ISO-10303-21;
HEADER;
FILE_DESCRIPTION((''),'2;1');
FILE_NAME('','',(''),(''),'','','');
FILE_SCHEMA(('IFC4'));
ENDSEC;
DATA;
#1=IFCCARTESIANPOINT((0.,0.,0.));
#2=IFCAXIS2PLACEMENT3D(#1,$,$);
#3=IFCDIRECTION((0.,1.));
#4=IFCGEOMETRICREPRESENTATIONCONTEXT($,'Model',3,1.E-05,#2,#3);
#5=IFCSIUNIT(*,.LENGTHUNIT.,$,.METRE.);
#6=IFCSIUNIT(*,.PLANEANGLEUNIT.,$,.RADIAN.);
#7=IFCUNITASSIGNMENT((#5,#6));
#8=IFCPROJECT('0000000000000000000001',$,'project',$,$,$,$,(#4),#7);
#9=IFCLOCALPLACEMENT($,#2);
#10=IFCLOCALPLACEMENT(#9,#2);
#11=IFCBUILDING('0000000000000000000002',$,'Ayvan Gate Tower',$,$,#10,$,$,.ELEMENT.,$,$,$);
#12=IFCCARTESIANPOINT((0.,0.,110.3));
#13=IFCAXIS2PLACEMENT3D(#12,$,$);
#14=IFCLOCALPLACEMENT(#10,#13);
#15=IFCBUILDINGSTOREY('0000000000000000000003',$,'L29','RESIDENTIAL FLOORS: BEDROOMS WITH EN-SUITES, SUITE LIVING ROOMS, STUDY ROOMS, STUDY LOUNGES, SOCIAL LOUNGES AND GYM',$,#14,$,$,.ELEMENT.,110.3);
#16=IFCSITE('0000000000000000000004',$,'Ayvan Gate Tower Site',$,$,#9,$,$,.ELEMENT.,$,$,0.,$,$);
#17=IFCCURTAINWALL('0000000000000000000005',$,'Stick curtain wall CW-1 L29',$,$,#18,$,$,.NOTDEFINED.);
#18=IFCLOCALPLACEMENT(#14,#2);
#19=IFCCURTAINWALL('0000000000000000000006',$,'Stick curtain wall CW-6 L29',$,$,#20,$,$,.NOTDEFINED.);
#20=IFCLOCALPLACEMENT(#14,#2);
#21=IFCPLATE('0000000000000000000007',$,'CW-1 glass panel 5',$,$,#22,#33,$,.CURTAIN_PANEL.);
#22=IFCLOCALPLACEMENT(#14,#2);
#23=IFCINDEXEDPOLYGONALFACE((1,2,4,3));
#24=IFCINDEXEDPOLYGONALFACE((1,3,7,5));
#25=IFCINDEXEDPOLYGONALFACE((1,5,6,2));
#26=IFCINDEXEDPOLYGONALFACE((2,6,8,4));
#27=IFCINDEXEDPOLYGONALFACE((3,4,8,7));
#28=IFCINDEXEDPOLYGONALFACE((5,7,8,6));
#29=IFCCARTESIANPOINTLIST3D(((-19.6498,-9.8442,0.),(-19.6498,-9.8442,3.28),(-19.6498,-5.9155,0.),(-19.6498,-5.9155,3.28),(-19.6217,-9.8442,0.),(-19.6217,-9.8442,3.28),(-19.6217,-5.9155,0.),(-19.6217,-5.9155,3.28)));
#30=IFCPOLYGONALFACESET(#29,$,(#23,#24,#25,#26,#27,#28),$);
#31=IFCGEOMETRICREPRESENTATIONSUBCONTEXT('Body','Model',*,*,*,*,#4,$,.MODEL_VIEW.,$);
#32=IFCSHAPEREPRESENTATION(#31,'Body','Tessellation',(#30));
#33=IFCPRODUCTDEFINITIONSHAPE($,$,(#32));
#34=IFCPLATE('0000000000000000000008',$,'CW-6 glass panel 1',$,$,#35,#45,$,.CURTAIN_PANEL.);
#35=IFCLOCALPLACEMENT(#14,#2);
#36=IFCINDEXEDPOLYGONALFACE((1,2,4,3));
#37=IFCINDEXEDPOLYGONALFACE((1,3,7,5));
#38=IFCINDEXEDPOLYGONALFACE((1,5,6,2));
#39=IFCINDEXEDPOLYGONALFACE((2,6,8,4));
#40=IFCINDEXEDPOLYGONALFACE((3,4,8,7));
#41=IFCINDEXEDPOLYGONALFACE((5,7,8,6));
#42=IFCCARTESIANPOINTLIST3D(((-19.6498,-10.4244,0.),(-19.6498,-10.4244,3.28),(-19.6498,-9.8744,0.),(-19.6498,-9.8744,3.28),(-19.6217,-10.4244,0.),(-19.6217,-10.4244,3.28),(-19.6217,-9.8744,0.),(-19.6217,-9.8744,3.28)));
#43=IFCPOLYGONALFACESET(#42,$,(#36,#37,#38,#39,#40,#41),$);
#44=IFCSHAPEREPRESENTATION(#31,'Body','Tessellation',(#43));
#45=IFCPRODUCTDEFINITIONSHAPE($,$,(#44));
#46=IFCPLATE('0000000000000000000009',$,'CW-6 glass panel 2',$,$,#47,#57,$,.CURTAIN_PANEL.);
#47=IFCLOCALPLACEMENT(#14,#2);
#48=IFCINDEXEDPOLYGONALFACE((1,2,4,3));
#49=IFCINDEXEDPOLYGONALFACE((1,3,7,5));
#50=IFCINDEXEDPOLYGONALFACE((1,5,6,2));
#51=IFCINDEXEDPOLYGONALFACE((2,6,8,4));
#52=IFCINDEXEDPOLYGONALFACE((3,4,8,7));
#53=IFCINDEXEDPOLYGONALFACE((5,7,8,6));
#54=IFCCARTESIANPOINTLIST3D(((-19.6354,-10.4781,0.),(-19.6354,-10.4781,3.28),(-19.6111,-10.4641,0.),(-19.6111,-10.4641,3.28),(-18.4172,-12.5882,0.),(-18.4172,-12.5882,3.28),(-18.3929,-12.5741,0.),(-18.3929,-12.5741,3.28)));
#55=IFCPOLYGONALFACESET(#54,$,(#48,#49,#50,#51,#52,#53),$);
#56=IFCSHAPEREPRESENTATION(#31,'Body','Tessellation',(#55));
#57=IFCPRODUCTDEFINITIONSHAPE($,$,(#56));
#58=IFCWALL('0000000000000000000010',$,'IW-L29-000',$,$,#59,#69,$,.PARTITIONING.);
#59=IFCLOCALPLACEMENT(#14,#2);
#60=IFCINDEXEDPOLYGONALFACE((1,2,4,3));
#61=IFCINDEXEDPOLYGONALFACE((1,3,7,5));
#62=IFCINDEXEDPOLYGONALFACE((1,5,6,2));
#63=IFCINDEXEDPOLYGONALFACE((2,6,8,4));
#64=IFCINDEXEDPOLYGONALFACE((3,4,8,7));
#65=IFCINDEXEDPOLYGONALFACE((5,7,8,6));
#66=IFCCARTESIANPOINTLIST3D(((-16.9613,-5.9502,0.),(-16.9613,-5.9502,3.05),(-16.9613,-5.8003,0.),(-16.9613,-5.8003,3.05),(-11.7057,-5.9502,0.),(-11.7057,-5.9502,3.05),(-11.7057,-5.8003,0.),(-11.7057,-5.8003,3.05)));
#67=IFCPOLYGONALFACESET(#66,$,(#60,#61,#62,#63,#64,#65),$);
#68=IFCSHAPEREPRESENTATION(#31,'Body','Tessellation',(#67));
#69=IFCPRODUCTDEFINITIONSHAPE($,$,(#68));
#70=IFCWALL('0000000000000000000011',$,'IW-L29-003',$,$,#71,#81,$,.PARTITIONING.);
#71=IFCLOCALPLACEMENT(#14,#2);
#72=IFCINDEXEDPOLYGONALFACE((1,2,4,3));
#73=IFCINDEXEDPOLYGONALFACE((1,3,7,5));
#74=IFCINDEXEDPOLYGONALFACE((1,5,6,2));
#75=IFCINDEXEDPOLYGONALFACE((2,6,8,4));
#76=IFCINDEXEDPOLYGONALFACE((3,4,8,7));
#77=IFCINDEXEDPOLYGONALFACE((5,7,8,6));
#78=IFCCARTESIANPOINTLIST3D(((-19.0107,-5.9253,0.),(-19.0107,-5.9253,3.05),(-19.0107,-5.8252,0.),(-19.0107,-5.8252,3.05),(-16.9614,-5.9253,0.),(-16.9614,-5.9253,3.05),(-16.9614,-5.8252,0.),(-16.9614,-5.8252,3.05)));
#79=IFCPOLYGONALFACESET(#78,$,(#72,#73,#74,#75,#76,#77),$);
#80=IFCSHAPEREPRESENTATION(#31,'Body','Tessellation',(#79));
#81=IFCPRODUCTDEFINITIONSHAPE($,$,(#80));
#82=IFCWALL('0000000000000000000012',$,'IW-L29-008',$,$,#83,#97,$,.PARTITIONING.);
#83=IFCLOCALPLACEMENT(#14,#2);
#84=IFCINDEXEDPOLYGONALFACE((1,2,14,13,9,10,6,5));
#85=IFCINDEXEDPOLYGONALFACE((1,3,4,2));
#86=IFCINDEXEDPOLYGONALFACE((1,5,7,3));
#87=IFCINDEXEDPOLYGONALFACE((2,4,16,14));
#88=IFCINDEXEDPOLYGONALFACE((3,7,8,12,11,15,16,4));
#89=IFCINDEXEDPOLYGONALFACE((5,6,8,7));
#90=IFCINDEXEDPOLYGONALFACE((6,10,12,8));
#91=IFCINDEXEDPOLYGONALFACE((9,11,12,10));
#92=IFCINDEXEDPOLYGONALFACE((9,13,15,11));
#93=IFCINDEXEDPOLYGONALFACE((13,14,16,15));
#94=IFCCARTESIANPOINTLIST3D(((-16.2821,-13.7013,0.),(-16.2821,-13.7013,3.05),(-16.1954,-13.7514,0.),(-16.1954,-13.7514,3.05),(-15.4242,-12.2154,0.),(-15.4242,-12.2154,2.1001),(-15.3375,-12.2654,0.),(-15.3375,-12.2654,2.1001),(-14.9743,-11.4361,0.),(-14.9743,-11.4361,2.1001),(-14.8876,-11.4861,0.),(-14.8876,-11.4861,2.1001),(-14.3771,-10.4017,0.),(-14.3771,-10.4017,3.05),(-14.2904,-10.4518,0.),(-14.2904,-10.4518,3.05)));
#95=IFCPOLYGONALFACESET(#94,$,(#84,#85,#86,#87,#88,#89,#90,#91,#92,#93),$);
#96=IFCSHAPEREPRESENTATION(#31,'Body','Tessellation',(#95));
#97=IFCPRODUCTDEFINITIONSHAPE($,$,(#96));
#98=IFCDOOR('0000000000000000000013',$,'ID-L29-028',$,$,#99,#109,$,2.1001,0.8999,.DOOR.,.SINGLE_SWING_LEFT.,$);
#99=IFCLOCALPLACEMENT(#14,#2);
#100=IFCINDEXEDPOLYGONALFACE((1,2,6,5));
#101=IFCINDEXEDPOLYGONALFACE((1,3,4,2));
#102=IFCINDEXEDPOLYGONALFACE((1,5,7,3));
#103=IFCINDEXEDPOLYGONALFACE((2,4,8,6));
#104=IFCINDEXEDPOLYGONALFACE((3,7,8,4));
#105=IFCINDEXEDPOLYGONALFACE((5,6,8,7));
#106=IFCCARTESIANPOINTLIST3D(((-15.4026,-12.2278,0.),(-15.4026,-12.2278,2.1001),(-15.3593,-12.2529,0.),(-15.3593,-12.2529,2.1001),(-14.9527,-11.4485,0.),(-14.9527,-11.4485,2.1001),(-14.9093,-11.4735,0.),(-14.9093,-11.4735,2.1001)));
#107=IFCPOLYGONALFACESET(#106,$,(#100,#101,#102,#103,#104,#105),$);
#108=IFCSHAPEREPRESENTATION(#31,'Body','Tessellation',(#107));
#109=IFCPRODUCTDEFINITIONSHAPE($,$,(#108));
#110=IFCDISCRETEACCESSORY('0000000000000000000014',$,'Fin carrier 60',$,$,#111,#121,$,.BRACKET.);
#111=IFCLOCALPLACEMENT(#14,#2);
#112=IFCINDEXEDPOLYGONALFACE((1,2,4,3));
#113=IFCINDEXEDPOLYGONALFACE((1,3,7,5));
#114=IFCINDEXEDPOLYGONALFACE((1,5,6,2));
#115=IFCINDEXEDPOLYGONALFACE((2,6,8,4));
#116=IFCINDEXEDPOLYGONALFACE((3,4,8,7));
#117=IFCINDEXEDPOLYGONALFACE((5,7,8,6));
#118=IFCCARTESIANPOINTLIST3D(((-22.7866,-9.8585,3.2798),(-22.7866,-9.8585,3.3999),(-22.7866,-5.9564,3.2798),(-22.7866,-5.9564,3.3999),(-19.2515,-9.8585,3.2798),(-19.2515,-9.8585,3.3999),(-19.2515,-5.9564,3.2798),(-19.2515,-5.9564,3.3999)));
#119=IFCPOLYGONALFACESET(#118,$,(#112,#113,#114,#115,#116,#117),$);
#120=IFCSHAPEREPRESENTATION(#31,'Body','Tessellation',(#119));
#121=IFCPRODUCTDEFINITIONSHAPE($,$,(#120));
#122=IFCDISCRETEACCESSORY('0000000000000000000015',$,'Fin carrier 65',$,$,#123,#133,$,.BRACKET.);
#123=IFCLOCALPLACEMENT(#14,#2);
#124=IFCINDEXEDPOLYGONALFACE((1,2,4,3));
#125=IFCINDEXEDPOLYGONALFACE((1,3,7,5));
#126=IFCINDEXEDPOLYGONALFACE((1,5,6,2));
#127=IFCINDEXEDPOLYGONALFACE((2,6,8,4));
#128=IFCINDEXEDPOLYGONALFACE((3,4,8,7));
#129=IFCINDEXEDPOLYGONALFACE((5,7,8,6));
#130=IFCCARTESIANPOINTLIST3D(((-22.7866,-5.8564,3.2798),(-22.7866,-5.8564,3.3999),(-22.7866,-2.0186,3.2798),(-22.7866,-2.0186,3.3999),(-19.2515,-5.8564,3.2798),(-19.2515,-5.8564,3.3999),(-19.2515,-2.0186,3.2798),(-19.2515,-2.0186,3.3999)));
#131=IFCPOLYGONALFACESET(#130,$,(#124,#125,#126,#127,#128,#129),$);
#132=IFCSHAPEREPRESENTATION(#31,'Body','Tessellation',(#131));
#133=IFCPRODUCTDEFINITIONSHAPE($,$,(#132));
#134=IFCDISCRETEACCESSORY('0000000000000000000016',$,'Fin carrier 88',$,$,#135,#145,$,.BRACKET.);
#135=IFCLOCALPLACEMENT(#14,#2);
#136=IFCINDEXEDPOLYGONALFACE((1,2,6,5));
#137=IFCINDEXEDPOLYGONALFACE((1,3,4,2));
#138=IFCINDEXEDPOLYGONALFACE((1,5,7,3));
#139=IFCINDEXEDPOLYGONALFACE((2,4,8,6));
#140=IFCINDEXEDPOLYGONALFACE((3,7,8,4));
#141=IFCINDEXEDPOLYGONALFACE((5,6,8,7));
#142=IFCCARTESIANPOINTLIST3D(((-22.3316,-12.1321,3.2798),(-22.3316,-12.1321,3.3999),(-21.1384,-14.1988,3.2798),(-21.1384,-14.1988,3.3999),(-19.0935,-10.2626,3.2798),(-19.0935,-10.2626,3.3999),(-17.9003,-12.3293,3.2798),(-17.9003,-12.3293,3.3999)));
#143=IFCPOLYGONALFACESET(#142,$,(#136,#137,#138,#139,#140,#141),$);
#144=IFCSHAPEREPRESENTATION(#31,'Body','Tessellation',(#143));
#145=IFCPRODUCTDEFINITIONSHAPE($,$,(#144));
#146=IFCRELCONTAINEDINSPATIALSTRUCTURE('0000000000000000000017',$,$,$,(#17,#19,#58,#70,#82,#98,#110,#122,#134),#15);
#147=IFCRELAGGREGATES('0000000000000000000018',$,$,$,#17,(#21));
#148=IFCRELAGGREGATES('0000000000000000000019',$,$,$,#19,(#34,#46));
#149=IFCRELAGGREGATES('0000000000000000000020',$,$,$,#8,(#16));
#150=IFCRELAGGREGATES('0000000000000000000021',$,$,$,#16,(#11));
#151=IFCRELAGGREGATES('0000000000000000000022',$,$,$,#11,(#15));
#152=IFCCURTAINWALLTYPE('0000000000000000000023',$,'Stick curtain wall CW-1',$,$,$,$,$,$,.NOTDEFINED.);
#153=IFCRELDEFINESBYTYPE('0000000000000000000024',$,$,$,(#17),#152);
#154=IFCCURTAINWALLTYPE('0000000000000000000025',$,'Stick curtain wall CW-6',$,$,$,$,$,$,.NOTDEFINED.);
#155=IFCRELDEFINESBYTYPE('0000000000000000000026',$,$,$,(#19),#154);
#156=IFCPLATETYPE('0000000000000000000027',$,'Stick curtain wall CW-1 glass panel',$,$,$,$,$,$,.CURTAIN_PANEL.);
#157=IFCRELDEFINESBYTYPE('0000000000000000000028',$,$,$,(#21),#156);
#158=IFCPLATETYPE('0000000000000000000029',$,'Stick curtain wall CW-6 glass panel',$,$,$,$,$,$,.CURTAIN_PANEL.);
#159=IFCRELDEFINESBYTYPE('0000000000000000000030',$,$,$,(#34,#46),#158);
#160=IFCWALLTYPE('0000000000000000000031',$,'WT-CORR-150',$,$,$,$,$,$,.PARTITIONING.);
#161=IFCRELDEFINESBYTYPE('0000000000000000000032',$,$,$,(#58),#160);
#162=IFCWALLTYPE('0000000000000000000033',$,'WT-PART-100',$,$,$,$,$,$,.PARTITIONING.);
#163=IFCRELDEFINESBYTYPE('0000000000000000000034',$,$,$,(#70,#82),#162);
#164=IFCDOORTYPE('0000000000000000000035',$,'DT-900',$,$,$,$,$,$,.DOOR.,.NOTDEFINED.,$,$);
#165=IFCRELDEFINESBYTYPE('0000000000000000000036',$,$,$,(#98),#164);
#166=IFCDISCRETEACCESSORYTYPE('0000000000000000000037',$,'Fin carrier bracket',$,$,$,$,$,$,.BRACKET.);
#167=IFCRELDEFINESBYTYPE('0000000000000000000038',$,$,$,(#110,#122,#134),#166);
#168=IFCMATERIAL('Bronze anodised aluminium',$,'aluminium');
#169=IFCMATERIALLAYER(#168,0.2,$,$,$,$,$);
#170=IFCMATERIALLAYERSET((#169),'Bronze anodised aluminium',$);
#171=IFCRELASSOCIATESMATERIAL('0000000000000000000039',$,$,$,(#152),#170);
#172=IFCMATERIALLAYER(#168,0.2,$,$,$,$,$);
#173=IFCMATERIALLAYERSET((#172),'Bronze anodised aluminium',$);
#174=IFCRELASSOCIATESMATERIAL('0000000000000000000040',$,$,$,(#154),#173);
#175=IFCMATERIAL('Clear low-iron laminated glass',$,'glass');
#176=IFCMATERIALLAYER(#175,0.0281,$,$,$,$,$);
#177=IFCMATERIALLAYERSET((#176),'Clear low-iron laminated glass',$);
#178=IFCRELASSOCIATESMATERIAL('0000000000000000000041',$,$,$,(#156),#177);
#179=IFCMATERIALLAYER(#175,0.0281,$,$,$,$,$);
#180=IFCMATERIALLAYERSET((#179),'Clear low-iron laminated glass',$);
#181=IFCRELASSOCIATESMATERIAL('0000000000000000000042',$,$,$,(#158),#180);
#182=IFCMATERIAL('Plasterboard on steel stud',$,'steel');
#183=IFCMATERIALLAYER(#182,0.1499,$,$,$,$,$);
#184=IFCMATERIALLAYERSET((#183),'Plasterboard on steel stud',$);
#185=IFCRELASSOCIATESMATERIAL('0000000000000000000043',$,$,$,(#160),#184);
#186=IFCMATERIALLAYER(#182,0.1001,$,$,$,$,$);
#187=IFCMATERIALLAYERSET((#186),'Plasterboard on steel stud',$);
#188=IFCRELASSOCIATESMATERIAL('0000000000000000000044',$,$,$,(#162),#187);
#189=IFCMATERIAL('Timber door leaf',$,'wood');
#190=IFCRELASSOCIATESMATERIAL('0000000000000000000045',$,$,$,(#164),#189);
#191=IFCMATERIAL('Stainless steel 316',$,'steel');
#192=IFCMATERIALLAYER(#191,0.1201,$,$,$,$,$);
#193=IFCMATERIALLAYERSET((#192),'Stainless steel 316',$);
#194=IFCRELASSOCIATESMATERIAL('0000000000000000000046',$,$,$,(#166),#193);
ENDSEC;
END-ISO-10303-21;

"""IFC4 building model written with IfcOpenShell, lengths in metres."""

from ifc_helpers import new_model, si_unit, direction, frame, frame_2d, origin, origin_2d, place, context, subcontext, project, spatial, rectangle, extrude, material, layer, layer_set, type_object, element, fill, aggregate, save


model = new_model("IFC4")

# Units and contexts
model_context = context("Model", 3, precision=1e-05, world=origin(), true_north=direction((0.0, 1.0)))
body_context = subcontext(model_context, "Body", "Model", "MODEL_VIEW")
ifc_project = project(units=[si_unit("LENGTHUNIT", "METRE"), si_unit("PLANEANGLEUNIT", "RADIAN")], contexts=[model_context])

# Site, building, storey
site_placement = place(None, origin())
site = spatial("IfcSite", under=ifc_project, at=site_placement, Name="Ayvan Gate Tower Site", CompositionType="ELEMENT", RefElevation=0.0)
building_placement = place(site_placement, origin())
building = spatial("IfcBuilding", under=site, at=building_placement, Name="Ayvan Gate Tower", CompositionType="ELEMENT")
storey_placement = place(building_placement, frame((0.0, 0.0, 110.3)))
storey = spatial("IfcBuildingStorey", under=building, at=storey_placement, Name="L29", Description="RESIDENTIAL FLOORS: BEDROOMS WITH EN-SUITES, SUITE LIVING ROOMS, STUDY ROOMS, STUDY LOUNGES, SOCIAL LOUNGES AND GYM", CompositionType="ELEMENT", Elevation=110.3)

# Curtain walls
ifc_material_1 = material(Name="Bronze anodised aluminium", Category="aluminium")
ifc_layer_1 = layer(ifc_material_1, 0.2)
ifc_layer_set_1 = layer_set([ifc_layer_1], Name="Bronze anodised aluminium")
curtain_wall_type_1 = type_object("IfcCurtainWallType", Name="Stick curtain wall CW-1", PredefinedType="NOTDEFINED", material=ifc_layer_set_1)
curtain_wall_1_placement = place(storey_placement, origin())
curtain_wall_1 = element("IfcCurtainWall", 1, at=curtain_wall_1_placement, inside=storey, type_object=curtain_wall_type_1, Name="Stick curtain wall CW-1 L29", PredefinedType="NOTDEFINED")
ifc_layer_2 = layer(ifc_material_1, 0.2)
ifc_layer_set_2 = layer_set([ifc_layer_2], Name="Bronze anodised aluminium")
curtain_wall_type_2 = type_object("IfcCurtainWallType", Name="Stick curtain wall CW-6", PredefinedType="NOTDEFINED", material=ifc_layer_set_2)
curtain_wall_2_placement = place(storey_placement, origin())
curtain_wall_2 = element("IfcCurtainWall", 2, at=curtain_wall_2_placement, inside=storey, type_object=curtain_wall_type_2, Name="Stick curtain wall CW-6 L29", PredefinedType="NOTDEFINED")

# Plates
ifc_material_2 = material(Name="Clear low-iron laminated glass", Category="glass")
ifc_layer_3 = layer(ifc_material_2, 0.0281)
ifc_layer_set_3 = layer_set([ifc_layer_3], Name="Clear low-iron laminated glass")
plate_type_1 = type_object("IfcPlateType", Name="Stick curtain wall CW-1 glass panel", PredefinedType="CURTAIN_PANEL", material=ifc_layer_set_3)
plate_1_placement = place(storey_placement, frame((-19.6357, -7.8799, 0.0), z_axis=(0.0, 0.0, 1.0), x_axis=(0.0, -1.0, 0.0)))
plate_1 = element("IfcPlate", 3, at=plate_1_placement, type_object=plate_type_1, Name="CW-1 glass panel 5", PredefinedType="CURTAIN_PANEL", context=body_context, shape_type="SweptSolid", body=[
    extrude(rectangle(XDim=3.9287, YDim=0.0281, at=origin_2d()), origin(), (0.0, 0.0, 1.0), 3.28),
])
aggregate(curtain_wall_1, [plate_1])
ifc_layer_4 = layer(ifc_material_2, 0.0281)
ifc_layer_set_4 = layer_set([ifc_layer_4], Name="Clear low-iron laminated glass")
plate_type_2 = type_object("IfcPlateType", Name="Stick curtain wall CW-6 glass panel", PredefinedType="CURTAIN_PANEL", material=ifc_layer_set_4)
plate_2_placement = place(storey_placement, frame((-19.6357, -10.1494, 0.0), z_axis=(0.0, 0.0, 1.0), x_axis=(0.0, -1.0, 0.0)))
plate_2 = element("IfcPlate", 4, at=plate_2_placement, type_object=plate_type_2, Name="CW-6 glass panel 1", PredefinedType="CURTAIN_PANEL", context=body_context, shape_type="SweptSolid", body=[
    extrude(rectangle(XDim=0.55, YDim=0.0281, at=origin_2d()), origin(), (0.0, 0.0, 1.0), 3.28),
])
plate_3_placement = place(storey_placement, frame((-19.0142, -11.5261, 0.0), z_axis=(0.0, 0.0, 1.0), x_axis=(0.5, -0.866025, 0.0)))
plate_3 = element("IfcPlate", 5, at=plate_3_placement, type_object=plate_type_2, Name="CW-6 glass panel 2", PredefinedType="CURTAIN_PANEL", context=body_context, shape_type="SweptSolid", body=[
    extrude(rectangle(XDim=2.4365, YDim=0.0281, at=origin_2d()), origin(), (0.0, 0.0, 1.0), 3.28),
])
aggregate(curtain_wall_2, [plate_2, plate_3])

# Walls
ifc_material_3 = material(Name="Plasterboard on steel stud", Category="steel")
ifc_layer_5 = layer(ifc_material_3, 0.1499)
ifc_layer_set_5 = layer_set([ifc_layer_5], Name="Plasterboard on steel stud")
wall_type_1 = type_object("IfcWallType", Name="WT-CORR-150", PredefinedType="PARTITIONING", material=ifc_layer_set_5)
wall_1_placement = place(storey_placement, frame((-16.9614, -5.8752, 0.0), z_axis=(0.0, 0.0, 1.0), x_axis=(1.0, 0.0, 0.0)))
element("IfcWall", 6, at=wall_1_placement, inside=storey, type_object=wall_type_1, Name="IW-L29-000", PredefinedType="PARTITIONING", context=body_context, shape_type="SweptSolid", body=[
    extrude(rectangle(XDim=5.2556, YDim=0.1499, at=frame_2d((2.6279, 0.0))), origin(), (0.0, 0.0, 1.0), 3.05),
])
ifc_layer_6 = layer(ifc_material_3, 0.1001)
ifc_layer_set_6 = layer_set([ifc_layer_6], Name="Plasterboard on steel stud")
wall_type_2 = type_object("IfcWallType", Name="WT-PART-100", PredefinedType="PARTITIONING", material=ifc_layer_set_6)
wall_2_placement = place(storey_placement, frame((-16.9614, -5.8752, 0.0), z_axis=(0.0, 0.0, 1.0), x_axis=(-1.0, 0.0, 0.0)))
element("IfcWall", 7, at=wall_2_placement, inside=storey, type_object=wall_type_2, Name="IW-L29-003", PredefinedType="PARTITIONING", context=body_context, shape_type="SweptSolid", body=[
    extrude(rectangle(XDim=2.0493, YDim=0.1001, at=frame_2d((1.0247, 0.0))), origin(), (0.0, 0.0, 1.0), 3.05),
])

# Wall, opening, door
wall_3_placement = place(storey_placement, frame((-14.3337, -10.4268, 0.0), z_axis=(0.0, 0.0, 1.0), x_axis=(-0.500005, -0.866022, 0.0)))
wall_3 = element("IfcWall", 8, at=wall_3_placement, inside=storey, type_object=wall_type_2, Name="IW-L29-008", PredefinedType="PARTITIONING", context=body_context, shape_type="SweptSolid", body=[
    extrude(rectangle(XDim=3.8101, YDim=0.1001, at=frame_2d((1.905, 0.0))), origin(), (0.0, 0.0, 1.0), 3.05),
])
opening_placement = place(wall_3_placement, frame((1.1943, 0.0, 0.0)))
opening = element("IfcOpeningElement", 9, at=opening_placement, cuts=wall_3, PredefinedType="OPENING", context=body_context, shape_type="SweptSolid", body=[
    extrude(rectangle(XDim=0.8999, YDim=2.1001, at=frame_2d((0.45, 1.05))), frame((0.0, 0.0601, 0.0), z_axis=(0.0, -1.0, 0.0), x_axis=(1.0, 0.0, 0.0)), (0.0, 0.0, 1.0), 0.1201),
])
ifc_material_4 = material(Name="Timber door leaf", Category="wood")
door_type = type_object("IfcDoorType", Name="DT-900", OperationType="NOTDEFINED", PredefinedType="DOOR", material=ifc_material_4)
door_placement = place(opening_placement, origin())
door = element("IfcDoor", 10, at=door_placement, inside=storey, type_object=door_type, Name="ID-L29-028", OperationType="SINGLE_SWING_LEFT", OverallHeight=2.1001, OverallWidth=0.8999, PredefinedType="DOOR", context=body_context, shape_type="SweptSolid", body=[
    extrude(rectangle(XDim=0.8999, YDim=2.1001, at=frame_2d((0.45, 1.05))), frame((0.0, 0.0249, 0.0), z_axis=(0.0, -1.0, 0.0), x_axis=(1.0, 0.0, 0.0)), (0.0, 0.0, 1.0), 0.05),
])
fill(opening, door)

# Discrete accessories
ifc_material_5 = material(Name="Stainless steel 316", Category="steel")
ifc_layer_7 = layer(ifc_material_5, 0.1201)
ifc_layer_set_7 = layer_set([ifc_layer_7], Name="Stainless steel 316")
discrete_accessory_type = type_object("IfcDiscreteAccessoryType", Name="Fin carrier bracket", PredefinedType="BRACKET", material=ifc_layer_set_7)
discrete_accessory_1_placement = place(storey_placement, frame((-21.019, -7.9075, 3.2798), z_axis=(0.0, 0.0, 1.0), x_axis=(0.0, -1.0, 0.0)))
element("IfcDiscreteAccessory", 11, at=discrete_accessory_1_placement, inside=storey, type_object=discrete_accessory_type, Name="Fin carrier 60", PredefinedType="BRACKET", context=body_context, shape_type="SweptSolid", body=[
    extrude(rectangle(XDim=3.9021, YDim=3.5352, at=origin_2d()), origin(), (0.0, 0.0, 1.0), 0.1201),
])
discrete_accessory_2_placement = place(storey_placement, frame((-21.019, -3.9375, 3.2798), z_axis=(0.0, 0.0, 1.0), x_axis=(0.0, -1.0, 0.0)))
element("IfcDiscreteAccessory", 12, at=discrete_accessory_2_placement, inside=storey, type_object=discrete_accessory_type, Name="Fin carrier 65", PredefinedType="BRACKET", context=body_context, shape_type="SweptSolid", body=[
    extrude(rectangle(XDim=3.8379, YDim=3.5352, at=origin_2d()), origin(), (0.0, 0.0, 1.0), 0.1201),
])
discrete_accessory_3_placement = place(storey_placement, frame((-20.116, -12.2307, 3.2798), z_axis=(0.0, 0.0, 1.0), x_axis=(0.5, -0.866025, 0.0)))
element("IfcDiscreteAccessory", 13, at=discrete_accessory_3_placement, inside=storey, type_object=discrete_accessory_type, Name="Fin carrier 88", PredefinedType="BRACKET", context=body_context, shape_type="SweptSolid", body=[
    extrude(rectangle(XDim=2.3865, YDim=3.739, at=origin_2d()), origin(), (0.0, 0.0, 1.0), 0.1201),
])

save(model, "model.ifc")
